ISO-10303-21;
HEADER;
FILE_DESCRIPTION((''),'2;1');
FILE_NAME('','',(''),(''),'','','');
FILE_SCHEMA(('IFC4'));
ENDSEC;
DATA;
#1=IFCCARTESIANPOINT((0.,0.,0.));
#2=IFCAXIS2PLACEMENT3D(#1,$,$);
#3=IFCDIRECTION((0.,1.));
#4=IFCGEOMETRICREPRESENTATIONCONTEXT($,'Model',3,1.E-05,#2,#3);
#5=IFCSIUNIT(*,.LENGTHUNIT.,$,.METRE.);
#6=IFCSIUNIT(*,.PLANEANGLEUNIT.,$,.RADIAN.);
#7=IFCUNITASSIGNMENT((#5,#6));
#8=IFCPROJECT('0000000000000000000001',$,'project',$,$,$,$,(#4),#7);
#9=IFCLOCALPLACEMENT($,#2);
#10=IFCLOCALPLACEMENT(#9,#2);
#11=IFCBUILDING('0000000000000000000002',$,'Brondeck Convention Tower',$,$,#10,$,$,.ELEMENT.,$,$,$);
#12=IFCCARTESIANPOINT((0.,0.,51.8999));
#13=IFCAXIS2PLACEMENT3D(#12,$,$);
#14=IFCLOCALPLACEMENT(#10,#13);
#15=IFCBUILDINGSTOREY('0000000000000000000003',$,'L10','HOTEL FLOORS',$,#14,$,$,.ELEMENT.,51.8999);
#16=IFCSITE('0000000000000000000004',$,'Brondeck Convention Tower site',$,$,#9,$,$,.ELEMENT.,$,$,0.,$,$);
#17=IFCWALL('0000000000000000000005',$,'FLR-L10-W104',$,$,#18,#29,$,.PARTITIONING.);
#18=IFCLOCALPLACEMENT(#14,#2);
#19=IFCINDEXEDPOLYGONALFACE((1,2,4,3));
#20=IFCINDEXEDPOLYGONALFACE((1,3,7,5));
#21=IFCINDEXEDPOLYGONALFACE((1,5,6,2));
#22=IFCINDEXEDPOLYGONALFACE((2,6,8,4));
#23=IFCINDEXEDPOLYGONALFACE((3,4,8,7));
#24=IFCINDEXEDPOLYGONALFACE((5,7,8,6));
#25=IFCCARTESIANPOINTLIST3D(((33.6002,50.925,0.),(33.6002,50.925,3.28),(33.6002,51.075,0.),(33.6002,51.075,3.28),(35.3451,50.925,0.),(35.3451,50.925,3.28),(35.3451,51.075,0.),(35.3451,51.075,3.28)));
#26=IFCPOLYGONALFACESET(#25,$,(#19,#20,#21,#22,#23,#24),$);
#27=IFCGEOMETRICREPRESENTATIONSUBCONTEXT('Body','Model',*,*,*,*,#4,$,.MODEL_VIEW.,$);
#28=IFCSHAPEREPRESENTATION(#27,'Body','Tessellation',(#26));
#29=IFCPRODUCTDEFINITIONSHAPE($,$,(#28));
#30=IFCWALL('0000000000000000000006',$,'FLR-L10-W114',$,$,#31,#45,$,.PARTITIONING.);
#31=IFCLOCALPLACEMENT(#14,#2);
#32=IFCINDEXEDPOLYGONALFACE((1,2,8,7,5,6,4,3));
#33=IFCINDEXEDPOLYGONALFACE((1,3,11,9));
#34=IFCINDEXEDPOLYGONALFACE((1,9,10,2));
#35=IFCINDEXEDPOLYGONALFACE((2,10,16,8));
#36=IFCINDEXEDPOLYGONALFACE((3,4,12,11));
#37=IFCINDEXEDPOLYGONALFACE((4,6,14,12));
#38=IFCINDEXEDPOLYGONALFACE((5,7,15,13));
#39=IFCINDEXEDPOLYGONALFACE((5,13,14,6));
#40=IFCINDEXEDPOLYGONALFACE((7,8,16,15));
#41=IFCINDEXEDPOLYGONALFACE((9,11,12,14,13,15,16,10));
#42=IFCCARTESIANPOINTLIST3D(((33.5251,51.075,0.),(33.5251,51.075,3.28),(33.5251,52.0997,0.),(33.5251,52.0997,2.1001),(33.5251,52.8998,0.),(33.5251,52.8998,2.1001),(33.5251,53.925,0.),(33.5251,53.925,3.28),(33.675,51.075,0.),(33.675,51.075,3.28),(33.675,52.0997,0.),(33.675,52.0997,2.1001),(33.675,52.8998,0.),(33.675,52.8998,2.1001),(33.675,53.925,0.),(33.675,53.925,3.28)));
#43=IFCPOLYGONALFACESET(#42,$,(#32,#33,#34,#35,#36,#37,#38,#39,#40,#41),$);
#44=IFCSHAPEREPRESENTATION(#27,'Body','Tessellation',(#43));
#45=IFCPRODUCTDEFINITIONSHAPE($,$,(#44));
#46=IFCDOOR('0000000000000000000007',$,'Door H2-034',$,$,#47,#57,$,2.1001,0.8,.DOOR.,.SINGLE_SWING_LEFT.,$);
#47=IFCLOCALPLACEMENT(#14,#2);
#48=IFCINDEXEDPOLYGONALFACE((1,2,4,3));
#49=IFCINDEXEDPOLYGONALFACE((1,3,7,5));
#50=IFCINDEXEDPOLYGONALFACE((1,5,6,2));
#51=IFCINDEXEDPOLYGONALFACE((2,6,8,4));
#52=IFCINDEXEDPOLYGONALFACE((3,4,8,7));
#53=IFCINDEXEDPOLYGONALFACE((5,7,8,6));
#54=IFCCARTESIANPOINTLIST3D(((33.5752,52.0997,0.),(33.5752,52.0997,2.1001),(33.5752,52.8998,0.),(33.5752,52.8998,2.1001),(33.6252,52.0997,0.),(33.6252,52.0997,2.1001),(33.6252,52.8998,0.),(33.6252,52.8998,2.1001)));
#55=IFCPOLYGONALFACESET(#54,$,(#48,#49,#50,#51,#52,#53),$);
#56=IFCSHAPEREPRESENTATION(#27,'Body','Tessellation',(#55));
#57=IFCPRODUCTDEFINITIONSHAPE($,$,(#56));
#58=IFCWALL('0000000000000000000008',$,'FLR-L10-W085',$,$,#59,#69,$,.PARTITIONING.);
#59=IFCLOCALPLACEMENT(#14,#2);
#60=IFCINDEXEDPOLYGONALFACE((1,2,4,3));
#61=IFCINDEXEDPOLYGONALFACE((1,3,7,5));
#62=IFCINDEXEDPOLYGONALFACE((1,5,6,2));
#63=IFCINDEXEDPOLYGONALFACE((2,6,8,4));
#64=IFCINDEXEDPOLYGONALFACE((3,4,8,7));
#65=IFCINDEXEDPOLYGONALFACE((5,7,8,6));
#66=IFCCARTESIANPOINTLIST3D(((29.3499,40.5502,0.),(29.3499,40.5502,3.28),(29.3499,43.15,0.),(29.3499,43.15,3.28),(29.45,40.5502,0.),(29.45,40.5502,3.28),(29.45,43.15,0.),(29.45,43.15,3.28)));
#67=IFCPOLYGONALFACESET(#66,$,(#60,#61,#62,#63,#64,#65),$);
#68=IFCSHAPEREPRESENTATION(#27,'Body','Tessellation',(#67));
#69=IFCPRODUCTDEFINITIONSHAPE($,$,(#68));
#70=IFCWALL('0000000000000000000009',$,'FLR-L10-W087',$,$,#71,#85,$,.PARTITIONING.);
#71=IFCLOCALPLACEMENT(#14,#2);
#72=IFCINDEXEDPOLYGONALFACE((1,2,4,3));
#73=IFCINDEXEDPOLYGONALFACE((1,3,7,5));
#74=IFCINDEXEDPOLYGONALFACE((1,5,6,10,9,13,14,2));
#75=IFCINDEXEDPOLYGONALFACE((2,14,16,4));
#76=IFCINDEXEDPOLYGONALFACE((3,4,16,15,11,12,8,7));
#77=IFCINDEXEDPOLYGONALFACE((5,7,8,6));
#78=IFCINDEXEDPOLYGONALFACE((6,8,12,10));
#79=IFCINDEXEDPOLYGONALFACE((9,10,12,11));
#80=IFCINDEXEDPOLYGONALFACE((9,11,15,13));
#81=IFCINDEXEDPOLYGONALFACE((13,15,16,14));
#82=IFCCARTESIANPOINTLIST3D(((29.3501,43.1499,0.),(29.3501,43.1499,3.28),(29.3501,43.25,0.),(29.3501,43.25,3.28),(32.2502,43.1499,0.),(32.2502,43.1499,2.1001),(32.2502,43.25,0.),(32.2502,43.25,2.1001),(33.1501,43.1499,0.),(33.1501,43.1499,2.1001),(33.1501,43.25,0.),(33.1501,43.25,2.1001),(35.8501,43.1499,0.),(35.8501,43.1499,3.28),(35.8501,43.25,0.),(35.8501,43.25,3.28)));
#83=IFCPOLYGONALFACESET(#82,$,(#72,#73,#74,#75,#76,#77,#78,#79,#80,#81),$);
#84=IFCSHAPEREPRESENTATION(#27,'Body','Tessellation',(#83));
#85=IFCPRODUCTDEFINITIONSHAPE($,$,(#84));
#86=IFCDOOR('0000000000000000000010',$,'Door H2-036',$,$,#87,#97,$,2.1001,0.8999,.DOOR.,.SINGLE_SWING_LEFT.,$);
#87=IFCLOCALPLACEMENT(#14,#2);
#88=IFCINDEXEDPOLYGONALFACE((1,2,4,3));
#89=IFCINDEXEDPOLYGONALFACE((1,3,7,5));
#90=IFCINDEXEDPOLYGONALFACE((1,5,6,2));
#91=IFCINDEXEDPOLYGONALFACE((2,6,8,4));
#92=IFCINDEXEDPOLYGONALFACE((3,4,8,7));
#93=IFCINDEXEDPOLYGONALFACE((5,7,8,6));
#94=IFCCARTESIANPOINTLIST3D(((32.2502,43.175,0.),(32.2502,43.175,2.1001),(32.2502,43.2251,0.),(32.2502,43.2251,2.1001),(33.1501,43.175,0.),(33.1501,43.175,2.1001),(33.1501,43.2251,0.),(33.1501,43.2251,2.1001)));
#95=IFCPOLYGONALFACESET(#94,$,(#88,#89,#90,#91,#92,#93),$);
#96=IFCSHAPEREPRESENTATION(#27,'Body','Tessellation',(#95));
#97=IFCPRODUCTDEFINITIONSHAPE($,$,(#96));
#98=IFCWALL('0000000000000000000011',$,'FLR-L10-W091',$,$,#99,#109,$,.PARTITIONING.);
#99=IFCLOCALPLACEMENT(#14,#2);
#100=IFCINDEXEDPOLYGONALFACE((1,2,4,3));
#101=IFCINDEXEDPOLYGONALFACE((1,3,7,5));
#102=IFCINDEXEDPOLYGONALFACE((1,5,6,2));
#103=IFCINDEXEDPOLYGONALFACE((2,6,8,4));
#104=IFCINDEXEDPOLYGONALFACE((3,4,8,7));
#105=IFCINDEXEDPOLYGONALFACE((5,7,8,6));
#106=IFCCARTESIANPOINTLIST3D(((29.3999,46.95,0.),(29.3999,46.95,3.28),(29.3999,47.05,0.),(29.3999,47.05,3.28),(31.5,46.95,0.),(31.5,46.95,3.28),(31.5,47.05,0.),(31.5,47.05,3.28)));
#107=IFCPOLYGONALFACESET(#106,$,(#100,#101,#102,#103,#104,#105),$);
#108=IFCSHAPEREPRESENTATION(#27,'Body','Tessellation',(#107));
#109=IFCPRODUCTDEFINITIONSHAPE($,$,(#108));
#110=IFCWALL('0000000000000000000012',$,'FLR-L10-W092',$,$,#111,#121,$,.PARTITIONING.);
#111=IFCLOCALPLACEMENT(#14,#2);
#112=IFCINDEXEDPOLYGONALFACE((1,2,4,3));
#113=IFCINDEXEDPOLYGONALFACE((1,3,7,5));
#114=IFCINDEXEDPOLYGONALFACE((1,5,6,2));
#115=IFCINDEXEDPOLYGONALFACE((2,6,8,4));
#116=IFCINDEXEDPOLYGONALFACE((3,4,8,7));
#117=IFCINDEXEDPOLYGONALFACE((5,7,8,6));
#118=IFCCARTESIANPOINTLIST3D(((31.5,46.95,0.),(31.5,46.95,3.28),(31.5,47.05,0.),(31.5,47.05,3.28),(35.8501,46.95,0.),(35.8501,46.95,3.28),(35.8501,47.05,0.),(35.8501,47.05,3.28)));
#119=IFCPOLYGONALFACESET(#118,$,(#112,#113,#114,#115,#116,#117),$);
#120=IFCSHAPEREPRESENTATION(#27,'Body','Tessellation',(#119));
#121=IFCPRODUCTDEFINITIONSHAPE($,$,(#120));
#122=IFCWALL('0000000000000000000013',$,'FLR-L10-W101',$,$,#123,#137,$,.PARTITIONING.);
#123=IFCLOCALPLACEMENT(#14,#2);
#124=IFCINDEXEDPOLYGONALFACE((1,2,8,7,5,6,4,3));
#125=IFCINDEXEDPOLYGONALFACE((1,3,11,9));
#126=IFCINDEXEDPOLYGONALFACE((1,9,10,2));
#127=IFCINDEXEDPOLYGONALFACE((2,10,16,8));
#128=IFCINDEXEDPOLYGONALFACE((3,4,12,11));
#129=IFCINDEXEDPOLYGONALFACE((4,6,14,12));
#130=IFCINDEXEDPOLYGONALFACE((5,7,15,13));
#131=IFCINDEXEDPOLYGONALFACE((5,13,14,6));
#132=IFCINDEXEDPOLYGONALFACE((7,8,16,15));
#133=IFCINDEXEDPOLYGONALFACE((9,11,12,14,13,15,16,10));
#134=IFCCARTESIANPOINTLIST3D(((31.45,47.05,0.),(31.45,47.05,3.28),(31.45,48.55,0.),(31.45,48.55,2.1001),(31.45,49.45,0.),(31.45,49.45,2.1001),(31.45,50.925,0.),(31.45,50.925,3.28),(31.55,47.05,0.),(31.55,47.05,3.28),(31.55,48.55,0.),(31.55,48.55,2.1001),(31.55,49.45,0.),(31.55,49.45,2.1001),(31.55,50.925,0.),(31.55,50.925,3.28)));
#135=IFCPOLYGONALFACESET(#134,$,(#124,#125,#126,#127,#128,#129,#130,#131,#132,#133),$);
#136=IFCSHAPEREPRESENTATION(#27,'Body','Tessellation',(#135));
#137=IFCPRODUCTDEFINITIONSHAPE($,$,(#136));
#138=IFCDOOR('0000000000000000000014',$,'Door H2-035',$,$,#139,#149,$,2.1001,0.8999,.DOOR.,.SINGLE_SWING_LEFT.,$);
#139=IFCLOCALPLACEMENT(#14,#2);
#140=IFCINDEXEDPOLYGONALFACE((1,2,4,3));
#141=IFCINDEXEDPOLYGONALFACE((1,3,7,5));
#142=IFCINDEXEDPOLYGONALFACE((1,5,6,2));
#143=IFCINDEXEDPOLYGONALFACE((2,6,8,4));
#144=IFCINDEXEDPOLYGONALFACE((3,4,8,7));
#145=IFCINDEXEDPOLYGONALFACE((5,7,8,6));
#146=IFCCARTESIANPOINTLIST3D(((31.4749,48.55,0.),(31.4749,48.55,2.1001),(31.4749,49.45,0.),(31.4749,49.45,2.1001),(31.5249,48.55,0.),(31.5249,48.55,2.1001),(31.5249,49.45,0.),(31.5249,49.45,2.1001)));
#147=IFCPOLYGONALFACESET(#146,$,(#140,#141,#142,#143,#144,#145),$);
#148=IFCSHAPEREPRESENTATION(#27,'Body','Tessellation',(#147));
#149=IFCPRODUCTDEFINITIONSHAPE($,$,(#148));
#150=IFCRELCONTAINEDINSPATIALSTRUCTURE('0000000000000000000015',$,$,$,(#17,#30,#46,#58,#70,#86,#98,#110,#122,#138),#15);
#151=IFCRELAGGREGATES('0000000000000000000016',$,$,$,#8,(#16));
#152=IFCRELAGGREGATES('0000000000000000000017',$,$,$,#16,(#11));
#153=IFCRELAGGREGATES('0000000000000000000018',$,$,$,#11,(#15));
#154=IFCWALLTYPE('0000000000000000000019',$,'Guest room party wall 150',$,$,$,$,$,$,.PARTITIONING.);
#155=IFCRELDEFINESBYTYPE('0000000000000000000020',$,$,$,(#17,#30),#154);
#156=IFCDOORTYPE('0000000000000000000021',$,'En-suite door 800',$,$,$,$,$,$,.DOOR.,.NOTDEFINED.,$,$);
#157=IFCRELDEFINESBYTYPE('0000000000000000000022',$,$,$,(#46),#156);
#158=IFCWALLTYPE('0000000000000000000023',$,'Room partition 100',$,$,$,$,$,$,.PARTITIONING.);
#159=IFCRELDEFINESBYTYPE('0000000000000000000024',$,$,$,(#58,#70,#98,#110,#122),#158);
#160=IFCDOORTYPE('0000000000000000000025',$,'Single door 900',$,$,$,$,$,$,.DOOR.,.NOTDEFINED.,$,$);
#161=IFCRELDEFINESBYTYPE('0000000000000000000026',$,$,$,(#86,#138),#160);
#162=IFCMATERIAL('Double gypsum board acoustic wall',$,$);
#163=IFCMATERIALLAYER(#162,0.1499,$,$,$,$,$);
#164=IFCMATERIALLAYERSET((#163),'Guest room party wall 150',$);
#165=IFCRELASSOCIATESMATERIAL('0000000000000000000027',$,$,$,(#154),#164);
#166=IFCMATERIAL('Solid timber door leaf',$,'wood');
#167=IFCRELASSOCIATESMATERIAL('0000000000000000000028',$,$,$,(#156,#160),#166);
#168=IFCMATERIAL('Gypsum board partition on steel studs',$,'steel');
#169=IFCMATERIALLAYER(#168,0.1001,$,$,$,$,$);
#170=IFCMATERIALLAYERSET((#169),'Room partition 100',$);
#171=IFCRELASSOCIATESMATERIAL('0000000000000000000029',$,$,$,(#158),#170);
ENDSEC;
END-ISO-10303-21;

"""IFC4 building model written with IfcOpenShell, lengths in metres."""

from ifc_helpers import new_model, si_unit, direction, frame, frame_2d, origin, place, context, subcontext, project, spatial, rectangle, extrude, material, layer, layer_set, type_object, element, fill, save


model = new_model("IFC4")

# Units and contexts
model_context = context("Model", 3, precision=1e-05, world=origin(), true_north=direction((0.0, 1.0)))
body_context = subcontext(model_context, "Body", "Model", "MODEL_VIEW")
ifc_project = project(units=[si_unit("LENGTHUNIT", "METRE"), si_unit("PLANEANGLEUNIT", "RADIAN")], contexts=[model_context])

# Site, building, storey
site_placement = place(None, origin())
site = spatial("IfcSite", under=ifc_project, at=site_placement, Name="Brondeck Convention Tower site", CompositionType="ELEMENT", RefElevation=0.0)
building_placement = place(site_placement, origin())
building = spatial("IfcBuilding", under=site, at=building_placement, Name="Brondeck Convention Tower", CompositionType="ELEMENT")
storey_placement = place(building_placement, frame((0.0, 0.0, 51.8999)))
storey = spatial("IfcBuildingStorey", under=building, at=storey_placement, Name="L10", Description="HOTEL FLOORS", CompositionType="ELEMENT", Elevation=51.8999)

# Wall
ifc_material_1 = material(Name="Double gypsum board acoustic wall")
ifc_layer_1 = layer(ifc_material_1, 0.1499)
ifc_layer_set_1 = layer_set([ifc_layer_1], Name="Guest room party wall 150")
wall_type_1 = type_object("IfcWallType", Name="Guest room party wall 150", PredefinedType="PARTITIONING", material=ifc_layer_set_1)
wall_1_placement = place(storey_placement, frame((33.6001, 51.0, 0.0), z_axis=(0.0, 0.0, 1.0), x_axis=(1.0, 0.0, 0.0)))
element("IfcWall", 1, at=wall_1_placement, inside=storey, type_object=wall_type_1, Name="FLR-L10-W104", PredefinedType="PARTITIONING", context=body_context, shape_type="SweptSolid", body=[
    extrude(rectangle(XDim=1.7449, YDim=0.1499, at=frame_2d((0.8726, 0.0))), origin(), (0.0, 0.0, 1.0), 3.28),
])

# Wall, opening, door
wall_2_placement = place(storey_placement, frame((33.6001, 51.075, 0.0), z_axis=(0.0, 0.0, 1.0), x_axis=(0.0, 1.0, 0.0)))
wall_2 = element("IfcWall", 2, at=wall_2_placement, inside=storey, type_object=wall_type_1, Name="FLR-L10-W114", PredefinedType="PARTITIONING", context=body_context, shape_type="SweptSolid", body=[
    extrude(rectangle(XDim=2.8501, YDim=0.1499, at=frame_2d((1.425, 0.0))), origin(), (0.0, 0.0, 1.0), 3.28),
])
opening_1_placement = place(wall_2_placement, frame((1.0249, 0.0, 0.0)))
opening_1 = element("IfcOpeningElement", 3, at=opening_1_placement, cuts=wall_2, PredefinedType="OPENING", context=body_context, shape_type="SweptSolid", body=[
    extrude(rectangle(XDim=0.8, YDim=2.1001, at=frame_2d((0.3999, 1.05))), frame((0.0, 0.085, 0.0), z_axis=(0.0, -1.0, 0.0), x_axis=(1.0, 0.0, 0.0)), (0.0, 0.0, 1.0), 0.1699),
])
ifc_material_2 = material(Name="Solid timber door leaf", Category="wood")
door_type_1 = type_object("IfcDoorType", Name="En-suite door 800", OperationType="NOTDEFINED", PredefinedType="DOOR", material=ifc_material_2)
door_1_placement = place(opening_1_placement, origin())
door_1 = element("IfcDoor", 4, at=door_1_placement, inside=storey, type_object=door_type_1, Name="Door H2-034", OperationType="SINGLE_SWING_LEFT", OverallHeight=2.1001, OverallWidth=0.8, PredefinedType="DOOR", context=body_context, shape_type="SweptSolid", body=[
    extrude(rectangle(XDim=0.8, YDim=2.1001, at=frame_2d((0.3999, 1.05))), frame((0.0, 0.0249, 0.0), z_axis=(0.0, -1.0, 0.0), x_axis=(1.0, 0.0, 0.0)), (0.0, 0.0, 1.0), 0.05),
])
fill(opening_1, door_1)

# Wall
ifc_material_3 = material(Name="Gypsum board partition on steel studs", Category="steel")
ifc_layer_2 = layer(ifc_material_3, 0.1001)
ifc_layer_set_2 = layer_set([ifc_layer_2], Name="Room partition 100")
wall_type_2 = type_object("IfcWallType", Name="Room partition 100", PredefinedType="PARTITIONING", material=ifc_layer_set_2)
wall_3_placement = place(storey_placement, frame((29.3999, 43.1499, 0.0), z_axis=(0.0, 0.0, 1.0), x_axis=(0.0, -1.0, 0.0)))
element("IfcWall", 5, at=wall_3_placement, inside=storey, type_object=wall_type_2, Name="FLR-L10-W085", PredefinedType="PARTITIONING", context=body_context, shape_type="SweptSolid", body=[
    extrude(rectangle(XDim=2.5999, YDim=0.1001, at=frame_2d((1.2998, 0.0))), origin(), (0.0, 0.0, 1.0), 3.28),
])

# Wall, opening, door
wall_4_placement = place(storey_placement, frame((35.8501, 43.2, 0.0), z_axis=(0.0, 0.0, 1.0), x_axis=(-1.0, 0.0, 0.0)))
wall_4 = element("IfcWall", 6, at=wall_4_placement, inside=storey, type_object=wall_type_2, Name="FLR-L10-W087", PredefinedType="PARTITIONING", context=body_context, shape_type="SweptSolid", body=[
    extrude(rectangle(XDim=6.5, YDim=0.1001, at=frame_2d((3.25, 0.0))), origin(), (0.0, 0.0, 1.0), 3.28),
])
opening_2_placement = place(wall_4_placement, frame((2.7, 0.0, 0.0)))
opening_2 = element("IfcOpeningElement", 7, at=opening_2_placement, cuts=wall_4, PredefinedType="OPENING", context=body_context, shape_type="SweptSolid", body=[
    extrude(rectangle(XDim=0.8999, YDim=2.1001, at=frame_2d((0.45, 1.05))), frame((0.0, 0.0601, 0.0), z_axis=(0.0, -1.0, 0.0), x_axis=(1.0, 0.0, 0.0)), (0.0, 0.0, 1.0), 0.1201),
])
door_type_2 = type_object("IfcDoorType", Name="Single door 900", OperationType="NOTDEFINED", PredefinedType="DOOR", material=ifc_material_2)
door_2_placement = place(opening_2_placement, origin())
door_2 = element("IfcDoor", 8, at=door_2_placement, inside=storey, type_object=door_type_2, Name="Door H2-036", OperationType="SINGLE_SWING_LEFT", OverallHeight=2.1001, OverallWidth=0.8999, PredefinedType="DOOR", context=body_context, shape_type="SweptSolid", body=[
    extrude(rectangle(XDim=0.8999, YDim=2.1001, at=frame_2d((0.45, 1.05))), frame((0.0, 0.0249, 0.0), z_axis=(0.0, -1.0, 0.0), x_axis=(1.0, 0.0, 0.0)), (0.0, 0.0, 1.0), 0.05),
])
fill(opening_2, door_2)

# Walls
wall_5_placement = place(storey_placement, frame((29.3999, 47.0, 0.0), z_axis=(0.0, 0.0, 1.0), x_axis=(1.0, 0.0, 0.0)))
element("IfcWall", 9, at=wall_5_placement, inside=storey, type_object=wall_type_2, Name="FLR-L10-W091", PredefinedType="PARTITIONING", context=body_context, shape_type="SweptSolid", body=[
    extrude(rectangle(XDim=2.1001, YDim=0.1001, at=frame_2d((1.05, 0.0))), origin(), (0.0, 0.0, 1.0), 3.28),
])
wall_6_placement = place(storey_placement, frame((31.5, 47.0, 0.0), z_axis=(0.0, 0.0, 1.0), x_axis=(1.0, 0.0, 0.0)))
element("IfcWall", 10, at=wall_6_placement, inside=storey, type_object=wall_type_2, Name="FLR-L10-W092", PredefinedType="PARTITIONING", context=body_context, shape_type="SweptSolid", body=[
    extrude(rectangle(XDim=4.3501, YDim=0.1001, at=frame_2d((2.175, 0.0))), origin(), (0.0, 0.0, 1.0), 3.28),
])

# Wall, opening, door
wall_7_placement = place(storey_placement, frame((31.5, 50.925, 0.0), z_axis=(0.0, 0.0, 1.0), x_axis=(0.0, -1.0, 0.0)))
wall_7 = element("IfcWall", 11, at=wall_7_placement, inside=storey, type_object=wall_type_2, Name="FLR-L10-W101", PredefinedType="PARTITIONING", context=body_context, shape_type="SweptSolid", body=[
    extrude(rectangle(XDim=3.875, YDim=0.1001, at=frame_2d((1.9375, 0.0))), origin(), (0.0, 0.0, 1.0), 3.28),
])
opening_3_placement = place(wall_7_placement, frame((1.4751, 0.0, 0.0)))
opening_3 = element("IfcOpeningElement", 12, at=opening_3_placement, cuts=wall_7, PredefinedType="OPENING", context=body_context, shape_type="SweptSolid", body=[
    extrude(rectangle(XDim=0.8999, YDim=2.1001, at=frame_2d((0.45, 1.05))), frame((0.0, 0.0601, 0.0), z_axis=(0.0, -1.0, 0.0), x_axis=(1.0, 0.0, 0.0)), (0.0, 0.0, 1.0), 0.1201),
])
door_3_placement = place(opening_3_placement, origin())
door_3 = element("IfcDoor", 13, at=door_3_placement, inside=storey, type_object=door_type_2, Name="Door H2-035", OperationType="SINGLE_SWING_LEFT", OverallHeight=2.1001, OverallWidth=0.8999, PredefinedType="DOOR", context=body_context, shape_type="SweptSolid", body=[
    extrude(rectangle(XDim=0.8999, YDim=2.1001, at=frame_2d((0.45, 1.05))), frame((0.0, 0.0249, 0.0), z_axis=(0.0, -1.0, 0.0), x_axis=(1.0, 0.0, 0.0)), (0.0, 0.0, 1.0), 0.05),
])
fill(opening_3, door_3)

save(model, "model.ifc")
